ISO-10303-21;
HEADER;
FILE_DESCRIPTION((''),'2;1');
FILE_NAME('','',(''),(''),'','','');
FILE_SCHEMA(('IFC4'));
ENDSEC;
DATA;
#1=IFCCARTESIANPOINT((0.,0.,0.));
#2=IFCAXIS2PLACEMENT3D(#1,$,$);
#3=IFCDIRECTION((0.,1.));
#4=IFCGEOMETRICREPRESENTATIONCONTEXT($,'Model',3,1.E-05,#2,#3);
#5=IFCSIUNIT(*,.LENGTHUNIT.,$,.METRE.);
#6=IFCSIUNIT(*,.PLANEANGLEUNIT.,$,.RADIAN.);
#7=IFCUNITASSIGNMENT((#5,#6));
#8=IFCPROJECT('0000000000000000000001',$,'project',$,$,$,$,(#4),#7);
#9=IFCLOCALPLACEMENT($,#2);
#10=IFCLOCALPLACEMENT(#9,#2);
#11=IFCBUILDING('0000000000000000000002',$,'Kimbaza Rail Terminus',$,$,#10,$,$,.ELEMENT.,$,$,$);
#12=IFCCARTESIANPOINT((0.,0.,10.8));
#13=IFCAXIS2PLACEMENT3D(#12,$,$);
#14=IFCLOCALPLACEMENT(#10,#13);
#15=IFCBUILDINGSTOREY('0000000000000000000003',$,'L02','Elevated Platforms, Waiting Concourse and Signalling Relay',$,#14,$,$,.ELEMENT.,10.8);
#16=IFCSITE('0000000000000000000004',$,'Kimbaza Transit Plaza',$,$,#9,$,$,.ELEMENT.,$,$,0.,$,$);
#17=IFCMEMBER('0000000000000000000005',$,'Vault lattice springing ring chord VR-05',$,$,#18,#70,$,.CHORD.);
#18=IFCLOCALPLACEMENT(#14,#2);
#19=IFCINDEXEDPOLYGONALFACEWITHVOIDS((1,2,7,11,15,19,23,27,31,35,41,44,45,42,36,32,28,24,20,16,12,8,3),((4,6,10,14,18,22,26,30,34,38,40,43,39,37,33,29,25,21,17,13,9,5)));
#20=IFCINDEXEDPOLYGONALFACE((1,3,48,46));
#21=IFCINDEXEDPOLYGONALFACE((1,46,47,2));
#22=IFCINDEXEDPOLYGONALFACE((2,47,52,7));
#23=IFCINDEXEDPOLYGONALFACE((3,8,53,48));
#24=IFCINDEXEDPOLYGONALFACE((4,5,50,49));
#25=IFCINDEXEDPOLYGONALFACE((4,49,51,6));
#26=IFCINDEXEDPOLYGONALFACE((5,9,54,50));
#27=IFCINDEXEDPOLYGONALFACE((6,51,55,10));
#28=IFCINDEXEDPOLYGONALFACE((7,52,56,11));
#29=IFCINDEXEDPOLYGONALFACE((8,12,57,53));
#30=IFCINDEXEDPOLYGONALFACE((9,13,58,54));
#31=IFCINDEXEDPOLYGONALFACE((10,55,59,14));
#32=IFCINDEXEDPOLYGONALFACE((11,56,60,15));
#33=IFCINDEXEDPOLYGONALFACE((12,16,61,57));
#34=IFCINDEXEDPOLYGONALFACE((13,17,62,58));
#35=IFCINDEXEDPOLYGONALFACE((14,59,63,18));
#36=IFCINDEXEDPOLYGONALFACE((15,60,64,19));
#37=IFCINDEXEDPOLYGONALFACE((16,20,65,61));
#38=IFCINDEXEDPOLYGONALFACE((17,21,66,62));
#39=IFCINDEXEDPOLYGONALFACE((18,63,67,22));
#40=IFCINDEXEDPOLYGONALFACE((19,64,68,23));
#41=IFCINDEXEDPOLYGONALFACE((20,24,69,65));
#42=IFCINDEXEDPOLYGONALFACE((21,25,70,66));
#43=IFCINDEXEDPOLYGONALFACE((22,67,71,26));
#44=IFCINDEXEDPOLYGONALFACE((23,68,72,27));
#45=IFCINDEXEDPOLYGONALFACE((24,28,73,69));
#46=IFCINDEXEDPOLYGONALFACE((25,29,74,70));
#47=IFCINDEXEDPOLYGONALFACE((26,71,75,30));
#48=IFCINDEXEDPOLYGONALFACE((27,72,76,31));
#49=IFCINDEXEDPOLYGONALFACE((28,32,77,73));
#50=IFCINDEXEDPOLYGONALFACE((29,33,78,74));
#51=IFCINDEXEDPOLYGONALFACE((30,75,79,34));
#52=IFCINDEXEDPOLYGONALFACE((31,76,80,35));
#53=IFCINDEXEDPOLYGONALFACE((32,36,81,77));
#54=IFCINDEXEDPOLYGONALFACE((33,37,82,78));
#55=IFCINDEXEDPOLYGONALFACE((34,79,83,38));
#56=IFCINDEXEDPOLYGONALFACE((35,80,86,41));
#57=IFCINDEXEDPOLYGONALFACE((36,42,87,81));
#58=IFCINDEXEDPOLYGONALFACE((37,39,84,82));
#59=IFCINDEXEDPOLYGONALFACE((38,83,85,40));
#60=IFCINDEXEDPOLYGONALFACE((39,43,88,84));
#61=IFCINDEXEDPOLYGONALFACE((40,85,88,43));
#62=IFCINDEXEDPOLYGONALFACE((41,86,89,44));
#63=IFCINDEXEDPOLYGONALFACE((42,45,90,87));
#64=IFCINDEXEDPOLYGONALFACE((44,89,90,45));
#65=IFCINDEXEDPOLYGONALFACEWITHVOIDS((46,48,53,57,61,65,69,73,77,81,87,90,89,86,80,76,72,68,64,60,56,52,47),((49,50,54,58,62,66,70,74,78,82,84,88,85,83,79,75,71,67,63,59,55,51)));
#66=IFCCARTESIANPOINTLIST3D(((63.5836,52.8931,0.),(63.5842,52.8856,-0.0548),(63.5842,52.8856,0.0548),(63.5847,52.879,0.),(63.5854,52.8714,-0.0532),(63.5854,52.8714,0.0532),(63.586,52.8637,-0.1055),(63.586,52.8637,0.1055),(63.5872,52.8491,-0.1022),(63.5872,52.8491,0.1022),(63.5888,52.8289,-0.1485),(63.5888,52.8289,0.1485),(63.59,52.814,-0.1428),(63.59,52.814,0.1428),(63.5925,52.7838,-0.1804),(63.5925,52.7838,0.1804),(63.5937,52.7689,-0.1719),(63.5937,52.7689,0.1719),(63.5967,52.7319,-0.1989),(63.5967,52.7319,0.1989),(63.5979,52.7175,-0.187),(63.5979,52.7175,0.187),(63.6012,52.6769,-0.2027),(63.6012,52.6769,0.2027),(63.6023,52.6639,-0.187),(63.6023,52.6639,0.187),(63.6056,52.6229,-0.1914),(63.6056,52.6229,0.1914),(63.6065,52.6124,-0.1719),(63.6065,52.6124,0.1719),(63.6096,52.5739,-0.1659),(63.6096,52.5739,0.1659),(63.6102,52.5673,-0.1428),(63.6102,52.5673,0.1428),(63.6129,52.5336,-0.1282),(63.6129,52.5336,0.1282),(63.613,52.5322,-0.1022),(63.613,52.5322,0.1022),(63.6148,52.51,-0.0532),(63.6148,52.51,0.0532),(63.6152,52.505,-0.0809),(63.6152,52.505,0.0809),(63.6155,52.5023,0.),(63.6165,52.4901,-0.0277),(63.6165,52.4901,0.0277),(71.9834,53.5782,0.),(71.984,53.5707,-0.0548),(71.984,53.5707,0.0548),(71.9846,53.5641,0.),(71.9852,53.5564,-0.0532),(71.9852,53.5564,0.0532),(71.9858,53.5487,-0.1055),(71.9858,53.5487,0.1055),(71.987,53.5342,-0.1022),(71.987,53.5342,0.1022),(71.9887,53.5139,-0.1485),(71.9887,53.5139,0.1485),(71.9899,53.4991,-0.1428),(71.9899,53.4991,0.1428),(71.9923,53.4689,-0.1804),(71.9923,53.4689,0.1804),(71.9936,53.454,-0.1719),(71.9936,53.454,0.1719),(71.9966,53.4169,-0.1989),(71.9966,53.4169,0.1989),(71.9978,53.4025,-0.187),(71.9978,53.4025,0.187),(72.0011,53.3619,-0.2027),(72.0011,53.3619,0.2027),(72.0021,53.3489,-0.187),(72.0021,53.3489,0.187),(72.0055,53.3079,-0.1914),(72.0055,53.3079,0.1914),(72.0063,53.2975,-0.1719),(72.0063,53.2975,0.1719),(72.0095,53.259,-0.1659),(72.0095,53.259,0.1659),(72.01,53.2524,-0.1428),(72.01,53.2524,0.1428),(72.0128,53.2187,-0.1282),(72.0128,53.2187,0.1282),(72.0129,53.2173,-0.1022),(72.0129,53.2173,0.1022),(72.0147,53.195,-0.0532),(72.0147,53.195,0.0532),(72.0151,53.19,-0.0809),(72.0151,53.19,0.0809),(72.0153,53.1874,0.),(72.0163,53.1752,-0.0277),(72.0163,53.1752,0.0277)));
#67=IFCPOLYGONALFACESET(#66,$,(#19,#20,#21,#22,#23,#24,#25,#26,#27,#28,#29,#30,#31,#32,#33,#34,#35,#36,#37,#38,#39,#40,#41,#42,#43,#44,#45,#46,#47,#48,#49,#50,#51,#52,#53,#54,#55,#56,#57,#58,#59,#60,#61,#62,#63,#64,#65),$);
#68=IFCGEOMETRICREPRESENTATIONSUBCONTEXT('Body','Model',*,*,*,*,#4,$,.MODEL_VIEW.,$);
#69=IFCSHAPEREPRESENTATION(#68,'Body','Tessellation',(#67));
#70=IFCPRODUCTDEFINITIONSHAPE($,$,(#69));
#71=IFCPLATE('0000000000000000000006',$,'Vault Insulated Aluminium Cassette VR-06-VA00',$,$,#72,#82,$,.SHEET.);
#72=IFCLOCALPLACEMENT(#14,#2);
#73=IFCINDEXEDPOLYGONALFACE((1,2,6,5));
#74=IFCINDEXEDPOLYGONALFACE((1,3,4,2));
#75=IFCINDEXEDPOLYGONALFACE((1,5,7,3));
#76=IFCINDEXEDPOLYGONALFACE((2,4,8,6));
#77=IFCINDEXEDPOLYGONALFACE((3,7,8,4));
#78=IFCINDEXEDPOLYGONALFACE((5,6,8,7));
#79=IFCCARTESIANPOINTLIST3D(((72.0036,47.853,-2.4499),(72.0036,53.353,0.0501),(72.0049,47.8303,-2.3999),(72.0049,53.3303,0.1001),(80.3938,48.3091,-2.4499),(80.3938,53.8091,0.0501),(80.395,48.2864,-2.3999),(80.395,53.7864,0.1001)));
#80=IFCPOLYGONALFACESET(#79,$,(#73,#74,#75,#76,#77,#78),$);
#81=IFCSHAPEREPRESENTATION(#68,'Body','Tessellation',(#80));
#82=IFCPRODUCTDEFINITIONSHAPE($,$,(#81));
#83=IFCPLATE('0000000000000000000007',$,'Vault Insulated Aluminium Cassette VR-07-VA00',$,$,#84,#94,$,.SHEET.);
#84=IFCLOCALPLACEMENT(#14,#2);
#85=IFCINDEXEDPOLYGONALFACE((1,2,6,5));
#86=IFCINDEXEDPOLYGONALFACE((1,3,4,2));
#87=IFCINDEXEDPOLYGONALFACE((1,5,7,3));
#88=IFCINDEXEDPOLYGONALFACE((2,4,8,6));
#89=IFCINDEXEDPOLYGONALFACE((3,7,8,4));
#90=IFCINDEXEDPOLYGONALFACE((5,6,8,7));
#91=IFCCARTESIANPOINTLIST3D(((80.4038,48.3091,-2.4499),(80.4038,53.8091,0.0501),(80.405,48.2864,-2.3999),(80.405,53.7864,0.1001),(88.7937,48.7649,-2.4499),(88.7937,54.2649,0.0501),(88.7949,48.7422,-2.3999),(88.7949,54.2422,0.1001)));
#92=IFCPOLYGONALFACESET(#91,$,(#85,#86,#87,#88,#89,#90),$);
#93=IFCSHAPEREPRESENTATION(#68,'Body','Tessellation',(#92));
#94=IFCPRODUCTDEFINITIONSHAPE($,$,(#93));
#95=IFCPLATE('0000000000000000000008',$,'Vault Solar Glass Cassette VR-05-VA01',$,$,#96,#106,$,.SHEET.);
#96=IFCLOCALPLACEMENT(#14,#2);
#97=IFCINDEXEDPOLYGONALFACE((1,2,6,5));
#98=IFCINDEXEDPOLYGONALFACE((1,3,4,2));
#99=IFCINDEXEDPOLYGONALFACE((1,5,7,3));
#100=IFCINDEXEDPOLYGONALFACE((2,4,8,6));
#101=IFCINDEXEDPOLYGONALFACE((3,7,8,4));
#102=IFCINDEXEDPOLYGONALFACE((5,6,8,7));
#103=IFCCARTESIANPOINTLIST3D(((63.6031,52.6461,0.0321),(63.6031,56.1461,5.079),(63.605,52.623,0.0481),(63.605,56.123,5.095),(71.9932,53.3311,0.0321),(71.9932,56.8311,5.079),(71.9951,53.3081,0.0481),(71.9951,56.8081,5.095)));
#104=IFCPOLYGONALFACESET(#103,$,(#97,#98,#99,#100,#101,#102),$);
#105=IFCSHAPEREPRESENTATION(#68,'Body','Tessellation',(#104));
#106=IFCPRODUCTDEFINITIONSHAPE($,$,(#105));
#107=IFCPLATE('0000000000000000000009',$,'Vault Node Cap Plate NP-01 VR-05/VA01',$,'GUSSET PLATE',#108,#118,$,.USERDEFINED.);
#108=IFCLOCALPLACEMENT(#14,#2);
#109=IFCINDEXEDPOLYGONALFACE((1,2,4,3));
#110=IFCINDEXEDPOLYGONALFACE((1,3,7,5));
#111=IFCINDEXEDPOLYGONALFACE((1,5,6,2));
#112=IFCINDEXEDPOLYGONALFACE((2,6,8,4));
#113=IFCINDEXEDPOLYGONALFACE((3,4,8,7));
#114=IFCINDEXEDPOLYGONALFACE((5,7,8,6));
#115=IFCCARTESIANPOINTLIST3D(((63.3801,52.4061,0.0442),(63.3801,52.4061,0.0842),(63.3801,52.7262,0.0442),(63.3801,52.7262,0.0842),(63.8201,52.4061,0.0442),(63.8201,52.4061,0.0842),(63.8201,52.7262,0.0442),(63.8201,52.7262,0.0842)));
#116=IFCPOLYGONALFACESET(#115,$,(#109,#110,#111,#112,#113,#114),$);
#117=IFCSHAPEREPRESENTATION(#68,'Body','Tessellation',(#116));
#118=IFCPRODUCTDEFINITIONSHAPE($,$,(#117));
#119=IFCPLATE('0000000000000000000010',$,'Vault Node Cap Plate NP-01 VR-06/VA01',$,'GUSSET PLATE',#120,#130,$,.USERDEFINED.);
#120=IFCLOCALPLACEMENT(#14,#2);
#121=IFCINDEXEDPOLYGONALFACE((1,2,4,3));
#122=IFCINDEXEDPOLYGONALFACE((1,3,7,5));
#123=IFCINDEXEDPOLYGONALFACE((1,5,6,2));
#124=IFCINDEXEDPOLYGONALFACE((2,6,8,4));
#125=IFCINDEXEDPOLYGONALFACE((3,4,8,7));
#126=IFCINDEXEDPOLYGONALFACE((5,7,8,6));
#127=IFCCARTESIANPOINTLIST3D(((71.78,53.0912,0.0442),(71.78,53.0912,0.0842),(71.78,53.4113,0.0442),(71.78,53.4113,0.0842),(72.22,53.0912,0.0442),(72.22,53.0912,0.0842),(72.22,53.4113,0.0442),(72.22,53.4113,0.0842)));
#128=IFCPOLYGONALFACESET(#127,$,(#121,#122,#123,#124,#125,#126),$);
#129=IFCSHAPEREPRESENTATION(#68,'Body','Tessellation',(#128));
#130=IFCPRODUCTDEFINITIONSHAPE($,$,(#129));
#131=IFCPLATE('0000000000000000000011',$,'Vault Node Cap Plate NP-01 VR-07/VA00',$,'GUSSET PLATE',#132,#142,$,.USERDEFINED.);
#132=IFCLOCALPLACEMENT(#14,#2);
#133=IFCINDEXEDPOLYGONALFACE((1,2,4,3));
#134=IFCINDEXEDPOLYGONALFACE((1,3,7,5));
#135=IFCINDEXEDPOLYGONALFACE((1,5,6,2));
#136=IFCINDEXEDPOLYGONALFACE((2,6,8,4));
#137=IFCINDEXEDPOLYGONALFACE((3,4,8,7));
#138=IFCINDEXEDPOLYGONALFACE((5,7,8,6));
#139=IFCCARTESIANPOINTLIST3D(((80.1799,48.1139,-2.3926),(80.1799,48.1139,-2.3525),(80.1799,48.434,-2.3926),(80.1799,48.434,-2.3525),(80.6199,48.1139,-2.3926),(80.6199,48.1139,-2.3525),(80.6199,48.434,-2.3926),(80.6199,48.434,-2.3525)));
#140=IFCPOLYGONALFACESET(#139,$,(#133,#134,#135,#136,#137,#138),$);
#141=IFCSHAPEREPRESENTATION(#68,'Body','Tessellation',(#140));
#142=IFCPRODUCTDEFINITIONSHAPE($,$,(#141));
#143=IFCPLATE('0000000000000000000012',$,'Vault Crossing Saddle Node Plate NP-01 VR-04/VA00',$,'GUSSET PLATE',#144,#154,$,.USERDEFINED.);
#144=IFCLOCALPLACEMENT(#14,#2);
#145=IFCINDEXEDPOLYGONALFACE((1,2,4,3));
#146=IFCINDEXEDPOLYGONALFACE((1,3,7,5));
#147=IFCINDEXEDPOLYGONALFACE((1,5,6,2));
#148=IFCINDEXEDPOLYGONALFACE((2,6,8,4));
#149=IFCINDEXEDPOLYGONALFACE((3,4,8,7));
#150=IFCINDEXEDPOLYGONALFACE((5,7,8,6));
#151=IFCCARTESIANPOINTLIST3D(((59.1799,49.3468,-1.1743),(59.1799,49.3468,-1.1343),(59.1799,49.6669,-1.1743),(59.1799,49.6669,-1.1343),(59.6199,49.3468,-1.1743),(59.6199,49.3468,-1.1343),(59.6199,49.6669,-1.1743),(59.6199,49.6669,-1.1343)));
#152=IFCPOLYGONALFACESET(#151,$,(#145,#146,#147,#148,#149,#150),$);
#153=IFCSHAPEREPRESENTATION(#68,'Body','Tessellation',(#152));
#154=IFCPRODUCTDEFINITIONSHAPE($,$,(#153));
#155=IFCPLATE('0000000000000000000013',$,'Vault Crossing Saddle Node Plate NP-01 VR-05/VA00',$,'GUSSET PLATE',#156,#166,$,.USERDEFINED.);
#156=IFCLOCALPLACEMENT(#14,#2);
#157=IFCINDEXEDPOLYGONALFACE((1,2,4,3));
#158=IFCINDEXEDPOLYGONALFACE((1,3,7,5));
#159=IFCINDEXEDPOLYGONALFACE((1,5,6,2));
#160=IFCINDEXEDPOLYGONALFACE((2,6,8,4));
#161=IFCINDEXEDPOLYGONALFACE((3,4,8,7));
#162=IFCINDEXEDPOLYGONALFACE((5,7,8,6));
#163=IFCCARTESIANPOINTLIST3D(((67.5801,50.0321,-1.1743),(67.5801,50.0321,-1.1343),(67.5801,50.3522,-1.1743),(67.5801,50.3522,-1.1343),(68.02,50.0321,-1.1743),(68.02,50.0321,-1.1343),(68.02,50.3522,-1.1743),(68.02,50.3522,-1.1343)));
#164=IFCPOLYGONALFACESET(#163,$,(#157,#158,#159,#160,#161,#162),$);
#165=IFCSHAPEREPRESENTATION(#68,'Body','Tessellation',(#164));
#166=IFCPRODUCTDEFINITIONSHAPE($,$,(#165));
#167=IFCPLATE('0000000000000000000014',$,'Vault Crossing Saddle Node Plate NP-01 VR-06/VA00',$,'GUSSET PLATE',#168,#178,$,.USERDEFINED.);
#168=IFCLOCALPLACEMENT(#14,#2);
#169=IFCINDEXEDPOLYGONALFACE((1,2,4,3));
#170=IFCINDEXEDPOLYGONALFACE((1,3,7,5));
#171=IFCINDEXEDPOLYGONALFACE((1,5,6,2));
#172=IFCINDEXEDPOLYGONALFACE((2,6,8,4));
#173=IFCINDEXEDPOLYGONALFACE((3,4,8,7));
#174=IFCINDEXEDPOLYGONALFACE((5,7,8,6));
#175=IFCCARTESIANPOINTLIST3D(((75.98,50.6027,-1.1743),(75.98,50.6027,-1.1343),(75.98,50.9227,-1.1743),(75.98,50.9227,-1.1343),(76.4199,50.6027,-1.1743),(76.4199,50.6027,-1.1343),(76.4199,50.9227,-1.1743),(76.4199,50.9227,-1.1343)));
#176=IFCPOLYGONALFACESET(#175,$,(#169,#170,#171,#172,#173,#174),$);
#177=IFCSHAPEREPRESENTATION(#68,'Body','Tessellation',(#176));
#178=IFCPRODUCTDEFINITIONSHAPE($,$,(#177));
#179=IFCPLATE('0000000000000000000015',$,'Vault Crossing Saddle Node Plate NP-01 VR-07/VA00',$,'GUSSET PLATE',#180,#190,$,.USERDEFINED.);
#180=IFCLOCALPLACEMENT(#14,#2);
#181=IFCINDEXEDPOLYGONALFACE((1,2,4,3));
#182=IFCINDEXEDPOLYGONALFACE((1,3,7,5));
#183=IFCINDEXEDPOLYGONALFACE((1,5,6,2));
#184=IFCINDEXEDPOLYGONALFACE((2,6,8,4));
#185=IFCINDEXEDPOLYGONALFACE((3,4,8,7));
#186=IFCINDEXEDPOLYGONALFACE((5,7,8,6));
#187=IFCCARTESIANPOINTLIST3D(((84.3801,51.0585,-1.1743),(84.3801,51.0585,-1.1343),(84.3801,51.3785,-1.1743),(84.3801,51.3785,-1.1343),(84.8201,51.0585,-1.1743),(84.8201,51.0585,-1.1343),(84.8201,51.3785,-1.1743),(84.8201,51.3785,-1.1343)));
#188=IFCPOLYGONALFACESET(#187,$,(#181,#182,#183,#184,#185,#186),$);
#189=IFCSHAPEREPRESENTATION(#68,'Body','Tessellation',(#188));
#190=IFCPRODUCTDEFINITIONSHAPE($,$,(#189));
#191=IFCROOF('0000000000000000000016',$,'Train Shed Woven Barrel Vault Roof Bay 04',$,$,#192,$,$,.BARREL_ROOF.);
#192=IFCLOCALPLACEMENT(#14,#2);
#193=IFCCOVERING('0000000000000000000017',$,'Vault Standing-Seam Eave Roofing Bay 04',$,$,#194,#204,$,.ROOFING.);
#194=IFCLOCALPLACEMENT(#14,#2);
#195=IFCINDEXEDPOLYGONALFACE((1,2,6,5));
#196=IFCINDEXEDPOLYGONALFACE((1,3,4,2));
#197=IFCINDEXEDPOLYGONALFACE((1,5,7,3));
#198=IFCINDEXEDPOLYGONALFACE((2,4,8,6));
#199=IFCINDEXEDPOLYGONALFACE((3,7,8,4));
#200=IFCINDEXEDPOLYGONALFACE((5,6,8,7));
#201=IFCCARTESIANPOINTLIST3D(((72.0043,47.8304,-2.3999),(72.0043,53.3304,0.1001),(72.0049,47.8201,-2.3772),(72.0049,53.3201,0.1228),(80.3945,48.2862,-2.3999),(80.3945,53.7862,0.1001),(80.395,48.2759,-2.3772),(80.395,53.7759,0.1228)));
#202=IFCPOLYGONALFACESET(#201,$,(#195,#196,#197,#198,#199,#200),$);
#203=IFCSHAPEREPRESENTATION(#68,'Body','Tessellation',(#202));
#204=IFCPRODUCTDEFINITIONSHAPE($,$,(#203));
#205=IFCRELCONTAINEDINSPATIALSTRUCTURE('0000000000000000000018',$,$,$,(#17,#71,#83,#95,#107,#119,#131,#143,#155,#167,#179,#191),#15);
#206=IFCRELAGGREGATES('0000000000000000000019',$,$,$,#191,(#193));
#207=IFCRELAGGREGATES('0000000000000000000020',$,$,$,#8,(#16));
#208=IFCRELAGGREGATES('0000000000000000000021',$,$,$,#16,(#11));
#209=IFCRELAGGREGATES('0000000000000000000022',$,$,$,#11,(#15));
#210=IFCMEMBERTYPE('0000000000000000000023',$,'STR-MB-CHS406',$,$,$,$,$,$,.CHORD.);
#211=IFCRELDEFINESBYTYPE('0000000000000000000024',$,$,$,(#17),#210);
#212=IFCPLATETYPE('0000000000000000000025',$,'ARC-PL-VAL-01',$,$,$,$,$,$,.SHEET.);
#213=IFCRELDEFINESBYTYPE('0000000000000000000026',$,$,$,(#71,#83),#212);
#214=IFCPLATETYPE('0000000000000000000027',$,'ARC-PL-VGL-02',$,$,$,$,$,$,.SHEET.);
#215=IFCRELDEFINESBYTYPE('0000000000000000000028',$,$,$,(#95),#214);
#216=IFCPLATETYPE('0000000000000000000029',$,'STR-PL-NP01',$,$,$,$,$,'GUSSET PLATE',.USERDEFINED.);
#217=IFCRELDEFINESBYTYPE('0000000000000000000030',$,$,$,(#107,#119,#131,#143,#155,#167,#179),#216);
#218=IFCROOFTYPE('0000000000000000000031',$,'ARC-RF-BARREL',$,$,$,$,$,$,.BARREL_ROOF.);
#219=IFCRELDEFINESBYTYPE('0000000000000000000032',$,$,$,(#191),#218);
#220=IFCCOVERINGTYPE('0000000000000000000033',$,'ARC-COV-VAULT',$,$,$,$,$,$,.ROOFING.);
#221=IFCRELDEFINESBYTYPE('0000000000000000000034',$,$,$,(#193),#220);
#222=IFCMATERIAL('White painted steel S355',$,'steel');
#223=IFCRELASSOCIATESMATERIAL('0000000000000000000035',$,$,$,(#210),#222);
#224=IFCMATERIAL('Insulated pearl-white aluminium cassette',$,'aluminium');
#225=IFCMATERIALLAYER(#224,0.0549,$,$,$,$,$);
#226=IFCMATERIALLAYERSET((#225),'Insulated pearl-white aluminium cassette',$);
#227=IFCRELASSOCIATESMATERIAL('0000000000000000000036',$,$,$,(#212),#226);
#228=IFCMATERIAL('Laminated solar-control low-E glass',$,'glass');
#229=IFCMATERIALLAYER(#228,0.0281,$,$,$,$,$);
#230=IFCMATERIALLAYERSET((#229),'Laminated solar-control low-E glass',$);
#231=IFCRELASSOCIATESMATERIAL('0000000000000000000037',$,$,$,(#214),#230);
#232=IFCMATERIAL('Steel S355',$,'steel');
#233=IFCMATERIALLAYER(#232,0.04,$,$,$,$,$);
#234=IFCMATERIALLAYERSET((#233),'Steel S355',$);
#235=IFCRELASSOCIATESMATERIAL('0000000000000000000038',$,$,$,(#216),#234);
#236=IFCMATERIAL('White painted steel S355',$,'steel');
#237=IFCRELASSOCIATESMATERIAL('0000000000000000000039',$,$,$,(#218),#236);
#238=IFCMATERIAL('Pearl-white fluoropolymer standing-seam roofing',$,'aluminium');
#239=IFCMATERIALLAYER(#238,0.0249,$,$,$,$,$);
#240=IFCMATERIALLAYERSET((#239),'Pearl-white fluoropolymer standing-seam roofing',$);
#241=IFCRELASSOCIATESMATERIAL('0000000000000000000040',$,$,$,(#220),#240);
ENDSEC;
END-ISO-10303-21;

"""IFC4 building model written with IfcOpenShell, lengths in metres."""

from ifc_helpers import new_model, si_unit, direction, frame, origin, origin_2d, place, context, subcontext, project, spatial, polyline, rectangle, hollow_circle, outline, extrude, material, layer, layer_set, material_profile, profile_set, type_object, element, aggregate, save


model = new_model("IFC4")

# Units and contexts
model_context = context("Model", 3, precision=1e-05, world=origin(), true_north=direction((0.0, 1.0)))
body_context = subcontext(model_context, "Body", "Model", "MODEL_VIEW")
ifc_project = project(units=[si_unit("LENGTHUNIT", "METRE"), si_unit("PLANEANGLEUNIT", "RADIAN")], contexts=[model_context])

# Site, building, storey
site_placement = place(None, origin())
site = spatial("IfcSite", under=ifc_project, at=site_placement, Name="Kimbaza Transit Plaza", CompositionType="ELEMENT", RefElevation=0.0)
building_placement = place(site_placement, origin())
building = spatial("IfcBuilding", under=site, at=building_placement, Name="Kimbaza Rail Terminus", CompositionType="ELEMENT")
storey_placement = place(building_placement, frame((0.0, 0.0, 10.8)))
storey = spatial("IfcBuildingStorey", under=building, at=storey_placement, Name="L02", Description="Elevated Platforms, Waiting Concourse and Signalling Relay", CompositionType="ELEMENT", Elevation=10.8)

# Member
ifc_material_1 = material(Name="White painted steel S355", Category="steel")
ifc_material_profile_1 = material_profile(ifc_material_1, hollow_circle(Radius=0.2031, WallThickness=0.0142, at=origin_2d()), Name="CHS 406.4x14.2")
ifc_profile_set_1 = profile_set([ifc_material_profile_1], Name="White painted steel S355")
member_type_1 = type_object("IfcMemberType", Name="STR-MB-CHS406", PredefinedType="CHORD", material=ifc_profile_set_1)
member_1_placement = place(storey_placement, frame((63.6001, 52.6907, 0.0), z_axis=(0.996691, 0.081286, 0.0), x_axis=(-0.081286, 0.996691, 0.0)))
element("IfcMember", 1, at=member_1_placement, inside=storey, type_object=member_type_1, Name="Vault lattice springing ring chord VR-05", PredefinedType="CHORD", context=body_context, shape_type="SweptSolid", body=[
    extrude(hollow_circle(Radius=0.2031, WallThickness=0.0142, at=origin_2d()), origin(), (0.0, 0.0, 1.0), 8.4277),
])

# Plates
ifc_material_2 = material(Name="Insulated pearl-white aluminium cassette", Category="aluminium")
ifc_layer_1 = layer(ifc_material_2, 0.0549)
ifc_layer_set_1 = layer_set([ifc_layer_1], Name="Insulated pearl-white aluminium cassette")
plate_type_1 = type_object("IfcPlateType", Name="ARC-PL-VAL-01", PredefinedType="SHEET", material=ifc_layer_set_1)
plate_1_placement = place(storey_placement, frame((72.0049, 47.8303, -2.3999), z_axis=(0.022487, -0.413698, 0.910136), x_axis=(0.998526, 0.054276, 0.0)))
element("IfcPlate", 2, at=plate_1_placement, inside=storey, type_object=plate_type_1, Name="Vault Insulated Aluminium Cassette VR-06-VA00", PredefinedType="SHEET", context=body_context, shape_type="SweptSolid", body=[
    extrude(outline(polyline([(0.0, 0.0), (8.4025, 0.0), (8.701, 6.0341), (0.2985, 6.0341), (0.0, 0.0)])), origin(), (0.0, 0.0, -1.0), 0.0549),
])
plate_2_placement = place(storey_placement, frame((80.405, 48.2864, -2.3999), z_axis=(0.022476, -0.413698, 0.910137), x_axis=(0.998527, 0.054249, 0.0)))
element("IfcPlate", 3, at=plate_2_placement, inside=storey, type_object=plate_type_1, Name="Vault Insulated Aluminium Cassette VR-07-VA00", PredefinedType="SHEET", context=body_context, shape_type="SweptSolid", body=[
    extrude(outline(polyline([(0.0, 0.0), (8.4023, 0.0), (8.7006, 6.0342), (0.2984, 6.0342), (0.0, 0.0)])), origin(), (0.0, 0.0, -1.0), 0.0549),
])
ifc_material_3 = material(Name="Laminated solar-control low-E glass", Category="glass")
ifc_layer_2 = layer(ifc_material_3, 0.0281)
ifc_layer_set_2 = layer_set([ifc_layer_2], Name="Laminated solar-control low-E glass")
plate_type_2 = type_object("IfcPlateType", Name="ARC-PL-VGL-02", PredefinedType="SHEET", material=ifc_layer_set_2)
plate_3_placement = place(storey_placement, frame((63.605, 52.623, 0.0481), z_axis=(0.066944, -0.819891, 0.568593), x_axis=(0.996683, 0.08138, 0.0)))
element("IfcPlate", 4, at=plate_3_placement, inside=storey, type_object=plate_type_2, Name="Vault Solar Glass Cassette VR-05-VA01", PredefinedType="SHEET", context=body_context, shape_type="SweptSolid", body=[
    extrude(outline(polyline([(0.0, 0.0), (8.4181, 0.0), (8.7029, 6.1351), (0.2848, 6.1351), (0.0, 0.0)])), origin(), (0.0, 0.0, -1.0), 0.0281),
])
ifc_material_4 = material(Name="Steel S355", Category="steel")
ifc_layer_3 = layer(ifc_material_4, 0.04)
ifc_layer_set_3 = layer_set([ifc_layer_3], Name="Steel S355")
plate_type_3 = type_object("IfcPlateType", Name="STR-PL-NP01", ElementType="GUSSET PLATE", PredefinedType="USERDEFINED", material=ifc_layer_set_3)
for number, where, z_axis, x_axis, name in (
    (5, (63.6001, 52.5662, 0.0442), (0.0, 0.0, 1.0), (1.0, 0.0, 0.0), "Vault Node Cap Plate NP-01 VR-05/VA01"),
    (6, (72.0, 53.2512, 0.0442), (0.0, 0.0, 1.0), (1.0, 0.0, 0.0), "Vault Node Cap Plate NP-01 VR-06/VA01"),
    (7, (80.3999, 48.2739, -2.3926), (0.0, 0.0, 1.0), (1.0, 0.0, 0.0), "Vault Node Cap Plate NP-01 VR-07/VA00"),
    (8, (59.3999, 49.5068, -1.1743), (0.0, 0.0, 1.0), (1.0, 0.0, 0.0), "Vault Crossing Saddle Node Plate NP-01 VR-04/VA00"),
    (9, (67.8, 50.1921, -1.1743), (0.0, 0.0, 1.0), (1.0, 0.0, 0.0), "Vault Crossing Saddle Node Plate NP-01 VR-05/VA00"),
    (10, (76.2, 50.7627, -1.1743), (0.0, 0.0, 1.0), (1.0, 0.0, 0.0), "Vault Crossing Saddle Node Plate NP-01 VR-06/VA00"),
    (11, (84.6001, 51.2185, -1.1743), (0.0, 0.0, 1.0), (1.0, 0.0, 0.0), "Vault Crossing Saddle Node Plate NP-01 VR-07/VA00"),
):
    element("IfcPlate", number, at=place(storey_placement, frame(where, z_axis=z_axis, x_axis=x_axis)), inside=storey, type_object=plate_type_3, Name=name, ObjectType="GUSSET PLATE", PredefinedType="USERDEFINED", context=body_context, shape_type="SweptSolid", body=[
        extrude(rectangle(XDim=0.4399, YDim=0.3201, at=origin_2d()), origin(), (0.0, 0.0, 1.0), 0.04),
    ])

# Roof, covering
ifc_material_5 = material(Name="White painted steel S355", Category="steel")
roof_type = type_object("IfcRoofType", Name="ARC-RF-BARREL", PredefinedType="BARREL_ROOF", material=ifc_material_5)
roof_placement = place(storey_placement, origin())
roof = element("IfcRoof", 12, at=roof_placement, inside=storey, type_object=roof_type, Name="Train Shed Woven Barrel Vault Roof Bay 04", PredefinedType="BARREL_ROOF")
ifc_material_6 = material(Name="Pearl-white fluoropolymer standing-seam roofing", Category="aluminium")
ifc_layer_4 = layer(ifc_material_6, 0.0249)
ifc_layer_set_4 = layer_set([ifc_layer_4], Name="Pearl-white fluoropolymer standing-seam roofing")
covering_type = type_object("IfcCoveringType", Name="ARC-COV-VAULT", PredefinedType="ROOFING", material=ifc_layer_set_4)
covering_1_placement = place(storey_placement, frame((72.0049, 47.8201, -2.3772), z_axis=(0.022475, -0.413698, 0.910137), x_axis=(0.998528, 0.054247, 0.0)))
covering_1 = element("IfcCovering", 13, at=covering_1_placement, type_object=covering_type, Name="Vault Standing-Seam Eave Roofing Bay 04", PredefinedType="ROOFING", context=body_context, shape_type="SweptSolid", body=[
    extrude(outline(polyline([(0.0, 0.0), (8.4025, 0.0), (8.7009, 6.0342), (0.2984, 6.0342), (0.0, 0.0)])), origin(), (0.0, 0.0, -1.0), 0.0249),
])
aggregate(roof, [covering_1])

save(model, "model.ifc")
